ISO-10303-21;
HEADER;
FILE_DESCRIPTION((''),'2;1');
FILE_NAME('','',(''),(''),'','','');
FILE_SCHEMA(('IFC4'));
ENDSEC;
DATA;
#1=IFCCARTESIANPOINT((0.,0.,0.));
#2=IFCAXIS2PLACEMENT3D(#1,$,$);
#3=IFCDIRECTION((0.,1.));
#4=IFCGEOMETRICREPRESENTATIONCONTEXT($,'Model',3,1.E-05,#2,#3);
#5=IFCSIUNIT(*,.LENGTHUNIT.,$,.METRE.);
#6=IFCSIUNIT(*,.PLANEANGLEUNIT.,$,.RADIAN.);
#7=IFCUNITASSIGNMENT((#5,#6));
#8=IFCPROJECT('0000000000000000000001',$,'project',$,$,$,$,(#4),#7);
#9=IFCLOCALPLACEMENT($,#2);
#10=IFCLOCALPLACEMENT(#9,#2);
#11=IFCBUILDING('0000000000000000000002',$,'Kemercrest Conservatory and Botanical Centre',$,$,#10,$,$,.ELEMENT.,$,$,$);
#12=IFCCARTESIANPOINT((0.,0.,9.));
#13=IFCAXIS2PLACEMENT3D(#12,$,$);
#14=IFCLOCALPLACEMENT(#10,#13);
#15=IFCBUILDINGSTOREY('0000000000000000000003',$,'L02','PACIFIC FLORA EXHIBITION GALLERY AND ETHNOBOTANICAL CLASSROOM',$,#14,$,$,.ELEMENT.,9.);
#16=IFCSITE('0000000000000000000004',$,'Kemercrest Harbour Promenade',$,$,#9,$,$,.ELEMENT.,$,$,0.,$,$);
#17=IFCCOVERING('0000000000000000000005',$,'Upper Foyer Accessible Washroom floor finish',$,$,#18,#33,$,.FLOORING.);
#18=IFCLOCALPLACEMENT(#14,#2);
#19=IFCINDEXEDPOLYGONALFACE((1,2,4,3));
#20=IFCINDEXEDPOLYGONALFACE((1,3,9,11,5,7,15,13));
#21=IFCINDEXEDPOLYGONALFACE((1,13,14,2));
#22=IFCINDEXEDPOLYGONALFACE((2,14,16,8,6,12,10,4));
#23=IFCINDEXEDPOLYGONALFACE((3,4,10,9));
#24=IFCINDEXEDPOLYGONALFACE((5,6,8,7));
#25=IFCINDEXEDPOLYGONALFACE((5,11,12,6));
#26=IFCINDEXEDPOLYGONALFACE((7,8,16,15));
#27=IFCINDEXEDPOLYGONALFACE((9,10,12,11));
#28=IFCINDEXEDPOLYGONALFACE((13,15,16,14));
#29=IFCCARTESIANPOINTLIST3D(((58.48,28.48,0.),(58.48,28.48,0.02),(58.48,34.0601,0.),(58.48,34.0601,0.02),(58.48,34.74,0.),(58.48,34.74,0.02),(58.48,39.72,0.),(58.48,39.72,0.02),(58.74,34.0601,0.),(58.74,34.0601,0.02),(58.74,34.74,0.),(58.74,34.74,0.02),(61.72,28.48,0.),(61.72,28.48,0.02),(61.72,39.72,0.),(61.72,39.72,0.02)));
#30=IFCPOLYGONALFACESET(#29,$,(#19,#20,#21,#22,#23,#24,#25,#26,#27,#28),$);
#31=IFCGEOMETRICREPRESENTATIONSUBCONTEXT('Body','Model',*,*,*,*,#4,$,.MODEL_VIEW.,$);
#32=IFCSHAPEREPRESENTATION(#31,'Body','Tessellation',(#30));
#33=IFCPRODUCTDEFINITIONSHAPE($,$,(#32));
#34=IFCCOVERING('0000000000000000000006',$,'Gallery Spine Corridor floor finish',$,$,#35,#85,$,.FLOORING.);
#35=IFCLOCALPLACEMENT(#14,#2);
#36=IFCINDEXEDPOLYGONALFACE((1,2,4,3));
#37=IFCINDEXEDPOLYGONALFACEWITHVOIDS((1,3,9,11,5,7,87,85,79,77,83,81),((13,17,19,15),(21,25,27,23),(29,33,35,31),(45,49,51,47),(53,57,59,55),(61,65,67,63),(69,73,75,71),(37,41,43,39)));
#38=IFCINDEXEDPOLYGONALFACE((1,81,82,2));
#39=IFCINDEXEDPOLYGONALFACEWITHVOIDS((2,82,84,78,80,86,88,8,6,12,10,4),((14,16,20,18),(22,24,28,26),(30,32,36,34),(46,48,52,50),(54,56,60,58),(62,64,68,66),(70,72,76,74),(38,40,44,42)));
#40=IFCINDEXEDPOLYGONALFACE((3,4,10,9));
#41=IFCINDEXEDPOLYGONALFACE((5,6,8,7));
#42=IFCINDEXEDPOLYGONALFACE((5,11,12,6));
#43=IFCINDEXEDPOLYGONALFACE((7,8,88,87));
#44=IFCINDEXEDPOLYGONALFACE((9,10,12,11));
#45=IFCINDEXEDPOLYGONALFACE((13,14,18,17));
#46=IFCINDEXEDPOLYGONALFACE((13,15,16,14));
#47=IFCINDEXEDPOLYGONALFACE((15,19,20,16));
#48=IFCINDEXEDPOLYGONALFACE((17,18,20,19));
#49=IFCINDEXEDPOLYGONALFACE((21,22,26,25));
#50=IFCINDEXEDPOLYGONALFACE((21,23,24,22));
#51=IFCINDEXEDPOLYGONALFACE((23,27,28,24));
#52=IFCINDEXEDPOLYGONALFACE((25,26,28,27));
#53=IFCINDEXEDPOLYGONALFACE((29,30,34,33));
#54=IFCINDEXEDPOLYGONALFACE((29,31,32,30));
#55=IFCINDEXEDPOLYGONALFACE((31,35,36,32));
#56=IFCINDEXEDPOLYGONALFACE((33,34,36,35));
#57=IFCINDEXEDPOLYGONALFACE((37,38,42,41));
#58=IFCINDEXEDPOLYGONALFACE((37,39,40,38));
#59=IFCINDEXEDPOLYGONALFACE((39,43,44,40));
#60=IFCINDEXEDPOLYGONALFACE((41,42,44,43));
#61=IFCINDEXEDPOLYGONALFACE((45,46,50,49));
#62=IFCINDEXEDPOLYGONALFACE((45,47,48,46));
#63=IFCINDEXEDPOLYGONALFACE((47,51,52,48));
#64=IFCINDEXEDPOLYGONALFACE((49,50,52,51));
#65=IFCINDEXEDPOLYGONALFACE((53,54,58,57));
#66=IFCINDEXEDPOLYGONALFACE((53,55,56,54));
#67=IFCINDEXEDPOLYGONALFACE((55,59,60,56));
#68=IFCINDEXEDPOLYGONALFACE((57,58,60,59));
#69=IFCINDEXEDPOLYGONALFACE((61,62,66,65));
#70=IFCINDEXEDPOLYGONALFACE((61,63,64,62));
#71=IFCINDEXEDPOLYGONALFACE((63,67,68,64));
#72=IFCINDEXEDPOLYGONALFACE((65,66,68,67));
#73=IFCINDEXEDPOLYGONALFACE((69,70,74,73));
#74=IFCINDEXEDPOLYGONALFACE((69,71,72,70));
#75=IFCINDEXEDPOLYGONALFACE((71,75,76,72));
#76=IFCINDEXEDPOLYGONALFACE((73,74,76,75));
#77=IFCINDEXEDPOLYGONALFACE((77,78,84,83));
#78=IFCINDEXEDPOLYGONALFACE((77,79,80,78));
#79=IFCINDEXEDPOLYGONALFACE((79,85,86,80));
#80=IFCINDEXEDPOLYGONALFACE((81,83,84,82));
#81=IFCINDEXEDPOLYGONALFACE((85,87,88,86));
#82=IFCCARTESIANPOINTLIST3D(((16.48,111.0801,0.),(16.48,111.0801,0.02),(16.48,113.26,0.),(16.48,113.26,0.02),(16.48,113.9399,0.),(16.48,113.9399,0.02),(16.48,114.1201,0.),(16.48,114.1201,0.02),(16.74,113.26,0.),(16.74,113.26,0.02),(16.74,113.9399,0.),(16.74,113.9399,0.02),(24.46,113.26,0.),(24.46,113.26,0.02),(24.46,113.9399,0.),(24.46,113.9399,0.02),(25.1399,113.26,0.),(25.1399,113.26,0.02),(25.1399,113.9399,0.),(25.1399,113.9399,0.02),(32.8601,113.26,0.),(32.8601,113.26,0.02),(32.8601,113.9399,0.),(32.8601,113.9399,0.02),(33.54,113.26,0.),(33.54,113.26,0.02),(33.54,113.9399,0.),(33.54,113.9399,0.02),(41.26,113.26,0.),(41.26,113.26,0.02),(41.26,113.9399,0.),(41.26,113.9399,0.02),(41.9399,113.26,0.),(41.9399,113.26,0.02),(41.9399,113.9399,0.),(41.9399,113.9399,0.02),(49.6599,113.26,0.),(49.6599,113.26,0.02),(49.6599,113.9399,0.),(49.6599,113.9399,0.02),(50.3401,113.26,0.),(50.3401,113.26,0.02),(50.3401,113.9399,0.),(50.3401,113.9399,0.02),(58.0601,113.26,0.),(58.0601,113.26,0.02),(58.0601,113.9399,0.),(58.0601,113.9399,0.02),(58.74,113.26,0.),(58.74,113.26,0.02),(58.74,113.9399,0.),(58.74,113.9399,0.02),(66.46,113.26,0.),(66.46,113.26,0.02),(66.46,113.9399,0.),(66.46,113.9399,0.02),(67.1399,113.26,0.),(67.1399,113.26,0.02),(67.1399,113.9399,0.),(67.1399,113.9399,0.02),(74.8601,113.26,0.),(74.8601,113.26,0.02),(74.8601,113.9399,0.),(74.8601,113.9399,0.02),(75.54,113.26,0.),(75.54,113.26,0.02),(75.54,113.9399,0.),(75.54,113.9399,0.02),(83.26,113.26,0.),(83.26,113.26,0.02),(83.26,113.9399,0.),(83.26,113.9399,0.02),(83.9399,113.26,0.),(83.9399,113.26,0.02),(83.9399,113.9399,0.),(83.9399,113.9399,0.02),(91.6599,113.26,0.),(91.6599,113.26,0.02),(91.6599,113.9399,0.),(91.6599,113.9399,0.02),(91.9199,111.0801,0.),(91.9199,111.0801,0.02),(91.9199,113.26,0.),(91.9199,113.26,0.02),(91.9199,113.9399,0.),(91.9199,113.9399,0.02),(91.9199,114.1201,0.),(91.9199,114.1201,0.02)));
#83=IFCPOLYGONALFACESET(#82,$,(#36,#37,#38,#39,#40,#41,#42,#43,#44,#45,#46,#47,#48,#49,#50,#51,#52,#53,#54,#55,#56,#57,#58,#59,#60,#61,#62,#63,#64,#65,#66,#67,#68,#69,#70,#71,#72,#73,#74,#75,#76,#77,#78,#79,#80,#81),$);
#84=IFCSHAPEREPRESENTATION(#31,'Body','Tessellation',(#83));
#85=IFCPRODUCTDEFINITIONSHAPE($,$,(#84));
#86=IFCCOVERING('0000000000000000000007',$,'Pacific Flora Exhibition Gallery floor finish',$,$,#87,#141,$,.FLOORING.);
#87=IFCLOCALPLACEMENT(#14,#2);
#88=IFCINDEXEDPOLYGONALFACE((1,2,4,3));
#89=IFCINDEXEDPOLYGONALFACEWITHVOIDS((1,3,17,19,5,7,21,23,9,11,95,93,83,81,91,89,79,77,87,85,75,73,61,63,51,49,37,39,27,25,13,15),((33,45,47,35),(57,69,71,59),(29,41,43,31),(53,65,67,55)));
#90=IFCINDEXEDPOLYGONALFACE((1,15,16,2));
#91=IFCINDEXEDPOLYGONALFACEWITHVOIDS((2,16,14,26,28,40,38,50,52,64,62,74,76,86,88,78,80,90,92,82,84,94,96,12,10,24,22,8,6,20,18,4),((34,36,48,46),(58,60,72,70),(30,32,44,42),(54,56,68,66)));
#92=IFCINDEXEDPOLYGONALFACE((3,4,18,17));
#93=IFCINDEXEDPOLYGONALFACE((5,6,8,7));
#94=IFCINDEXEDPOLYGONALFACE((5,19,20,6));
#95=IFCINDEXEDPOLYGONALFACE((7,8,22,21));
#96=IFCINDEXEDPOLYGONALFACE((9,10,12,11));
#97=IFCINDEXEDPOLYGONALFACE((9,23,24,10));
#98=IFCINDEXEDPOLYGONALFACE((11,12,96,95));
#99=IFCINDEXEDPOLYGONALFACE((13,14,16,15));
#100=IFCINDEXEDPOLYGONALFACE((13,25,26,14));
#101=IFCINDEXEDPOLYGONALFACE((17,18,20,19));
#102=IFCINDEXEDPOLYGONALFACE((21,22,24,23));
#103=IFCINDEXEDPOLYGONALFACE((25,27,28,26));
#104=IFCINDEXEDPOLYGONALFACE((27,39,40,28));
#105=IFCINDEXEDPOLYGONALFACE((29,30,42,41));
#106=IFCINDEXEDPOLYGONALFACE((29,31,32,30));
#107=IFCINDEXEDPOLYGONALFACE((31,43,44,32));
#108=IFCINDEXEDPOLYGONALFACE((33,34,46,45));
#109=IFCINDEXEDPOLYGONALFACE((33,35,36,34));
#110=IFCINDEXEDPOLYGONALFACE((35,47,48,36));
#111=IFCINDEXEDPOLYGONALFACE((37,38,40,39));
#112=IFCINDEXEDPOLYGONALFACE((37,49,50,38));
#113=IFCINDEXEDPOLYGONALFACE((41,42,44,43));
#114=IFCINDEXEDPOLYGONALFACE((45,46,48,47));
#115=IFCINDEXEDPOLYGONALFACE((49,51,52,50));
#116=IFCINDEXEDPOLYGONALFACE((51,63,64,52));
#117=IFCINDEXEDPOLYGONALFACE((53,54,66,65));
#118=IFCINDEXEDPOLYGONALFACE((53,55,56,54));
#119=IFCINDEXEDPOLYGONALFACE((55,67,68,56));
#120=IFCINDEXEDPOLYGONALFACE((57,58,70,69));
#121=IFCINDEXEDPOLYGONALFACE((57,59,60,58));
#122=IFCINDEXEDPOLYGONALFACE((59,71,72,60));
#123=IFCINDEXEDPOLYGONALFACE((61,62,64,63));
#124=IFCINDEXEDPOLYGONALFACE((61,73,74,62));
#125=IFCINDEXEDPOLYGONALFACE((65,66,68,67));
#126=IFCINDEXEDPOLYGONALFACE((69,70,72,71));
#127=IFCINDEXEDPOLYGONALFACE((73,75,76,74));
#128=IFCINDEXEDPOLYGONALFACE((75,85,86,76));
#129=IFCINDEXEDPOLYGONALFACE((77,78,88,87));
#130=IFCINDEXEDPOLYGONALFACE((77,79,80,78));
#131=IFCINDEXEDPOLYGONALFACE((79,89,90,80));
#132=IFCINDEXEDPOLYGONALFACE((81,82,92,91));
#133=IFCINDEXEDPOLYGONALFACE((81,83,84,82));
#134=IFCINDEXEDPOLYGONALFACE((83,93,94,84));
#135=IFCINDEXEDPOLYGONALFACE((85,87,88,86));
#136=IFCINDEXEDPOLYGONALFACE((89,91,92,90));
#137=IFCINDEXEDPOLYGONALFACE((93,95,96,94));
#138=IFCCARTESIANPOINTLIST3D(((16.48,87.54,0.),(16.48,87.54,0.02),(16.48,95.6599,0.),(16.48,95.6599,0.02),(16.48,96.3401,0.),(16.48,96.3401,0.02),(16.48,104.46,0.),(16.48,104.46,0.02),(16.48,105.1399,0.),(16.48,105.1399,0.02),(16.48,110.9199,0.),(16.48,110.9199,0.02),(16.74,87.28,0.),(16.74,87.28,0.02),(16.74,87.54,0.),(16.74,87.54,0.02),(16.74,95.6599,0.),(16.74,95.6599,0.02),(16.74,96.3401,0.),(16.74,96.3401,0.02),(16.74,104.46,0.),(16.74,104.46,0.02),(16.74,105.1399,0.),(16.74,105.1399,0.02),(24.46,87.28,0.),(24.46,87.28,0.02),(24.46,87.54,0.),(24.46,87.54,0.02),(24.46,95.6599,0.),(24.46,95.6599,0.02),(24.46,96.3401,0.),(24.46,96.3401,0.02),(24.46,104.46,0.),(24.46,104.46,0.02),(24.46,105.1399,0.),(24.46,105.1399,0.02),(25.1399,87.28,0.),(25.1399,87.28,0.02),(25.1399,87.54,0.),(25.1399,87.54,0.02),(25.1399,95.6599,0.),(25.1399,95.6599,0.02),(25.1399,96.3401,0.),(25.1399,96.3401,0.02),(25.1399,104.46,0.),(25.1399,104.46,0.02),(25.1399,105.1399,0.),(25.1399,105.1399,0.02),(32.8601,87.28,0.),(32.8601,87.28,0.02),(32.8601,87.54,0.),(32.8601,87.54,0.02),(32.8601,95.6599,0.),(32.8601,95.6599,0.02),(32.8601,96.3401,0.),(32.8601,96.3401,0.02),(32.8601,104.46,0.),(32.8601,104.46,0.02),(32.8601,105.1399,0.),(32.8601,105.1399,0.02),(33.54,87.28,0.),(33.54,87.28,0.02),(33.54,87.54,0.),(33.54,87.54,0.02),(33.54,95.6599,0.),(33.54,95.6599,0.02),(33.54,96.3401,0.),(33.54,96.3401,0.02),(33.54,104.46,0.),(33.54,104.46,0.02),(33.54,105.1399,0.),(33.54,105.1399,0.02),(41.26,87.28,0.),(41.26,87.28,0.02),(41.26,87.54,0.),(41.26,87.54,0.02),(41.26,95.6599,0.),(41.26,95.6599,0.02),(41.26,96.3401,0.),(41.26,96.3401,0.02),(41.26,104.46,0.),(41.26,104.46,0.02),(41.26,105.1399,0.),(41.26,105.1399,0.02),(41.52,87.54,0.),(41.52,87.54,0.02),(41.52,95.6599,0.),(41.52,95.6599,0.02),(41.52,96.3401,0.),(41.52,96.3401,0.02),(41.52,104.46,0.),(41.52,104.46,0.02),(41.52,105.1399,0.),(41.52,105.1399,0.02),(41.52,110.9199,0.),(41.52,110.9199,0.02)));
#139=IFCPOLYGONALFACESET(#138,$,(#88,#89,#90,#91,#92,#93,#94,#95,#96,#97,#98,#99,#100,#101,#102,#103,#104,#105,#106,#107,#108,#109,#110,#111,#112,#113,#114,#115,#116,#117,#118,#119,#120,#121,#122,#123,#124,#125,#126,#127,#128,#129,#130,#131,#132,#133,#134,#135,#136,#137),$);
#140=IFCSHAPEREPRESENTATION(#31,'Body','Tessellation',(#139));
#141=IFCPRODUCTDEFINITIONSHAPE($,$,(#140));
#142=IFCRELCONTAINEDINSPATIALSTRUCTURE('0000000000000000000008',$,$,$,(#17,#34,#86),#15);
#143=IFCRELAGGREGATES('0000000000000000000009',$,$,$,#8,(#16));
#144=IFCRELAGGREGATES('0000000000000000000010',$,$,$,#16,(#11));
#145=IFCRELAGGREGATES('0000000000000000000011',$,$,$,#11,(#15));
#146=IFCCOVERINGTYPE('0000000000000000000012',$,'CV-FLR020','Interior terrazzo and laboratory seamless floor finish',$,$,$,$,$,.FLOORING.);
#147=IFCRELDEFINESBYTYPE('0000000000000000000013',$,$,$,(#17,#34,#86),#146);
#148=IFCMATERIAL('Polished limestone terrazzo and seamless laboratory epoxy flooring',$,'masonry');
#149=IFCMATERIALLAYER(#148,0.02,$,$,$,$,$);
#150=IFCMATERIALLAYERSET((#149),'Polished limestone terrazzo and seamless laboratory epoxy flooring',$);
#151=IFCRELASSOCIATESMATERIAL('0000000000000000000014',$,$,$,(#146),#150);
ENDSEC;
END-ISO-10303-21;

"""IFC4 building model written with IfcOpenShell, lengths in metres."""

from ifc_helpers import new_model, si_unit, direction, frame, origin, place, context, subcontext, project, spatial, polyline, outline, extrude, material, layer, layer_set, type_object, element, save


model = new_model("IFC4")

# Units and contexts
model_context = context("Model", 3, precision=1e-05, world=origin(), true_north=direction((0.0, 1.0)))
body_context = subcontext(model_context, "Body", "Model", "MODEL_VIEW")
ifc_project = project(units=[si_unit("LENGTHUNIT", "METRE"), si_unit("PLANEANGLEUNIT", "RADIAN")], contexts=[model_context])

# Site, building, storey
site_placement = place(None, origin())
site = spatial("IfcSite", under=ifc_project, at=site_placement, Name="Kemercrest Harbour Promenade", CompositionType="ELEMENT", RefElevation=0.0)
building_placement = place(site_placement, origin())
building = spatial("IfcBuilding", under=site, at=building_placement, Name="Kemercrest Conservatory and Botanical Centre", CompositionType="ELEMENT")
storey_placement = place(building_placement, frame((0.0, 0.0, 9.0)))
storey = spatial("IfcBuildingStorey", under=building, at=storey_placement, Name="L02", Description="PACIFIC FLORA EXHIBITION GALLERY AND ETHNOBOTANICAL CLASSROOM", CompositionType="ELEMENT", Elevation=9.0)

# Coverings
ifc_material_1 = material(Name="Polished limestone terrazzo and seamless laboratory epoxy flooring", Category="masonry")
ifc_layer_1 = layer(ifc_material_1, 0.02)
ifc_layer_set_1 = layer_set([ifc_layer_1], Name="Polished limestone terrazzo and seamless laboratory epoxy flooring")
covering_type_1 = type_object("IfcCoveringType", Name="CV-FLR020", Description="Interior terrazzo and laboratory seamless floor finish", PredefinedType="FLOORING", material=ifc_layer_set_1)
covering_1_placement = place(storey_placement, origin())
element("IfcCovering", 1, at=covering_1_placement, inside=storey, type_object=covering_type_1, Name="Upper Foyer Accessible Washroom floor finish", PredefinedType="FLOORING", context=body_context, shape_type="SweptSolid", body=[
    extrude(outline(polyline([(58.48, 28.48), (61.72, 28.48), (61.72, 39.72), (58.48, 39.72), (58.48, 34.74), (58.74, 34.74), (58.74, 34.0601), (58.48, 34.0601), (58.48, 28.48)])), origin(), (0.0, 0.0, 1.0), 0.02),
])
covering_2_placement = place(storey_placement, origin())
element("IfcCovering", 2, at=covering_2_placement, inside=storey, type_object=covering_type_1, Name="Gallery Spine Corridor floor finish", PredefinedType="FLOORING", context=body_context, shape_type="SweptSolid", body=[
    extrude(outline(polyline([(16.74, 113.26), (16.48, 113.26), (16.48, 111.0801), (91.9199, 111.0801), (91.9199, 113.26), (91.6599, 113.26), (91.6599, 113.9399), (91.9199, 113.9399), (91.9199, 114.1201), (16.48, 114.1201), (16.48, 113.9399), (16.74, 113.9399), (16.74, 113.26)]), holes=[polyline([(83.9399, 113.26), (83.26, 113.26), (83.26, 113.9399), (83.9399, 113.9399), (83.9399, 113.26)]), polyline([(75.54, 113.26), (74.8601, 113.26), (74.8601, 113.9399), (75.54, 113.9399), (75.54, 113.26)]), polyline([(67.1399, 113.26), (66.46, 113.26), (66.46, 113.9399), (67.1399, 113.9399), (67.1399, 113.26)]), polyline([(58.74, 113.26), (58.0601, 113.26), (58.0601, 113.9399), (58.74, 113.9399), (58.74, 113.26)]), polyline([(50.3401, 113.26), (49.6599, 113.26), (49.6599, 113.9399), (50.3401, 113.9399), (50.3401, 113.26)]), polyline([(41.9399, 113.26), (41.26, 113.26), (41.26, 113.9399), (41.9399, 113.9399), (41.9399, 113.26)]), polyline([(33.54, 113.26), (32.8601, 113.26), (32.8601, 113.9399), (33.54, 113.9399), (33.54, 113.26)]), polyline([(25.1399, 113.26), (24.46, 113.26), (24.46, 113.9399), (25.1399, 113.9399), (25.1399, 113.26)])]), origin(), (0.0, 0.0, 1.0), 0.02),
])
covering_3_placement = place(storey_placement, origin())
element("IfcCovering", 3, at=covering_3_placement, inside=storey, type_object=covering_type_1, Name="Pacific Flora Exhibition Gallery floor finish", PredefinedType="FLOORING", context=body_context, shape_type="SweptSolid", body=[
    extrude(outline(polyline([(32.8601, 87.54), (33.54, 87.54), (33.54, 87.28), (41.26, 87.28), (41.26, 87.54), (41.52, 87.54), (41.52, 95.6599), (41.26, 95.6599), (41.26, 96.3401), (41.52, 96.3401), (41.52, 104.46), (41.26, 104.46), (41.26, 105.1399), (41.52, 105.1399), (41.52, 110.9199), (16.48, 110.9199), (16.48, 105.1399), (16.74, 105.1399), (16.74, 104.46), (16.48, 104.46), (16.48, 96.3401), (16.74, 96.3401), (16.74, 95.6599), (16.48, 95.6599), (16.48, 87.54), (16.74, 87.54), (16.74, 87.28), (24.46, 87.28), (24.46, 87.54), (25.1399, 87.54), (25.1399, 87.28), (32.8601, 87.28), (32.8601, 87.54)]), holes=[polyline([(33.54, 95.6599), (32.8601, 95.6599), (32.8601, 96.3401), (33.54, 96.3401), (33.54, 95.6599)]), polyline([(33.54, 104.46), (32.8601, 104.46), (32.8601, 105.1399), (33.54, 105.1399), (33.54, 104.46)]), polyline([(25.1399, 95.6599), (24.46, 95.6599), (24.46, 96.3401), (25.1399, 96.3401), (25.1399, 95.6599)]), polyline([(25.1399, 104.46), (24.46, 104.46), (24.46, 105.1399), (25.1399, 105.1399), (25.1399, 104.46)])]), origin(), (0.0, 0.0, 1.0), 0.02),
])

save(model, "model.ifc")
